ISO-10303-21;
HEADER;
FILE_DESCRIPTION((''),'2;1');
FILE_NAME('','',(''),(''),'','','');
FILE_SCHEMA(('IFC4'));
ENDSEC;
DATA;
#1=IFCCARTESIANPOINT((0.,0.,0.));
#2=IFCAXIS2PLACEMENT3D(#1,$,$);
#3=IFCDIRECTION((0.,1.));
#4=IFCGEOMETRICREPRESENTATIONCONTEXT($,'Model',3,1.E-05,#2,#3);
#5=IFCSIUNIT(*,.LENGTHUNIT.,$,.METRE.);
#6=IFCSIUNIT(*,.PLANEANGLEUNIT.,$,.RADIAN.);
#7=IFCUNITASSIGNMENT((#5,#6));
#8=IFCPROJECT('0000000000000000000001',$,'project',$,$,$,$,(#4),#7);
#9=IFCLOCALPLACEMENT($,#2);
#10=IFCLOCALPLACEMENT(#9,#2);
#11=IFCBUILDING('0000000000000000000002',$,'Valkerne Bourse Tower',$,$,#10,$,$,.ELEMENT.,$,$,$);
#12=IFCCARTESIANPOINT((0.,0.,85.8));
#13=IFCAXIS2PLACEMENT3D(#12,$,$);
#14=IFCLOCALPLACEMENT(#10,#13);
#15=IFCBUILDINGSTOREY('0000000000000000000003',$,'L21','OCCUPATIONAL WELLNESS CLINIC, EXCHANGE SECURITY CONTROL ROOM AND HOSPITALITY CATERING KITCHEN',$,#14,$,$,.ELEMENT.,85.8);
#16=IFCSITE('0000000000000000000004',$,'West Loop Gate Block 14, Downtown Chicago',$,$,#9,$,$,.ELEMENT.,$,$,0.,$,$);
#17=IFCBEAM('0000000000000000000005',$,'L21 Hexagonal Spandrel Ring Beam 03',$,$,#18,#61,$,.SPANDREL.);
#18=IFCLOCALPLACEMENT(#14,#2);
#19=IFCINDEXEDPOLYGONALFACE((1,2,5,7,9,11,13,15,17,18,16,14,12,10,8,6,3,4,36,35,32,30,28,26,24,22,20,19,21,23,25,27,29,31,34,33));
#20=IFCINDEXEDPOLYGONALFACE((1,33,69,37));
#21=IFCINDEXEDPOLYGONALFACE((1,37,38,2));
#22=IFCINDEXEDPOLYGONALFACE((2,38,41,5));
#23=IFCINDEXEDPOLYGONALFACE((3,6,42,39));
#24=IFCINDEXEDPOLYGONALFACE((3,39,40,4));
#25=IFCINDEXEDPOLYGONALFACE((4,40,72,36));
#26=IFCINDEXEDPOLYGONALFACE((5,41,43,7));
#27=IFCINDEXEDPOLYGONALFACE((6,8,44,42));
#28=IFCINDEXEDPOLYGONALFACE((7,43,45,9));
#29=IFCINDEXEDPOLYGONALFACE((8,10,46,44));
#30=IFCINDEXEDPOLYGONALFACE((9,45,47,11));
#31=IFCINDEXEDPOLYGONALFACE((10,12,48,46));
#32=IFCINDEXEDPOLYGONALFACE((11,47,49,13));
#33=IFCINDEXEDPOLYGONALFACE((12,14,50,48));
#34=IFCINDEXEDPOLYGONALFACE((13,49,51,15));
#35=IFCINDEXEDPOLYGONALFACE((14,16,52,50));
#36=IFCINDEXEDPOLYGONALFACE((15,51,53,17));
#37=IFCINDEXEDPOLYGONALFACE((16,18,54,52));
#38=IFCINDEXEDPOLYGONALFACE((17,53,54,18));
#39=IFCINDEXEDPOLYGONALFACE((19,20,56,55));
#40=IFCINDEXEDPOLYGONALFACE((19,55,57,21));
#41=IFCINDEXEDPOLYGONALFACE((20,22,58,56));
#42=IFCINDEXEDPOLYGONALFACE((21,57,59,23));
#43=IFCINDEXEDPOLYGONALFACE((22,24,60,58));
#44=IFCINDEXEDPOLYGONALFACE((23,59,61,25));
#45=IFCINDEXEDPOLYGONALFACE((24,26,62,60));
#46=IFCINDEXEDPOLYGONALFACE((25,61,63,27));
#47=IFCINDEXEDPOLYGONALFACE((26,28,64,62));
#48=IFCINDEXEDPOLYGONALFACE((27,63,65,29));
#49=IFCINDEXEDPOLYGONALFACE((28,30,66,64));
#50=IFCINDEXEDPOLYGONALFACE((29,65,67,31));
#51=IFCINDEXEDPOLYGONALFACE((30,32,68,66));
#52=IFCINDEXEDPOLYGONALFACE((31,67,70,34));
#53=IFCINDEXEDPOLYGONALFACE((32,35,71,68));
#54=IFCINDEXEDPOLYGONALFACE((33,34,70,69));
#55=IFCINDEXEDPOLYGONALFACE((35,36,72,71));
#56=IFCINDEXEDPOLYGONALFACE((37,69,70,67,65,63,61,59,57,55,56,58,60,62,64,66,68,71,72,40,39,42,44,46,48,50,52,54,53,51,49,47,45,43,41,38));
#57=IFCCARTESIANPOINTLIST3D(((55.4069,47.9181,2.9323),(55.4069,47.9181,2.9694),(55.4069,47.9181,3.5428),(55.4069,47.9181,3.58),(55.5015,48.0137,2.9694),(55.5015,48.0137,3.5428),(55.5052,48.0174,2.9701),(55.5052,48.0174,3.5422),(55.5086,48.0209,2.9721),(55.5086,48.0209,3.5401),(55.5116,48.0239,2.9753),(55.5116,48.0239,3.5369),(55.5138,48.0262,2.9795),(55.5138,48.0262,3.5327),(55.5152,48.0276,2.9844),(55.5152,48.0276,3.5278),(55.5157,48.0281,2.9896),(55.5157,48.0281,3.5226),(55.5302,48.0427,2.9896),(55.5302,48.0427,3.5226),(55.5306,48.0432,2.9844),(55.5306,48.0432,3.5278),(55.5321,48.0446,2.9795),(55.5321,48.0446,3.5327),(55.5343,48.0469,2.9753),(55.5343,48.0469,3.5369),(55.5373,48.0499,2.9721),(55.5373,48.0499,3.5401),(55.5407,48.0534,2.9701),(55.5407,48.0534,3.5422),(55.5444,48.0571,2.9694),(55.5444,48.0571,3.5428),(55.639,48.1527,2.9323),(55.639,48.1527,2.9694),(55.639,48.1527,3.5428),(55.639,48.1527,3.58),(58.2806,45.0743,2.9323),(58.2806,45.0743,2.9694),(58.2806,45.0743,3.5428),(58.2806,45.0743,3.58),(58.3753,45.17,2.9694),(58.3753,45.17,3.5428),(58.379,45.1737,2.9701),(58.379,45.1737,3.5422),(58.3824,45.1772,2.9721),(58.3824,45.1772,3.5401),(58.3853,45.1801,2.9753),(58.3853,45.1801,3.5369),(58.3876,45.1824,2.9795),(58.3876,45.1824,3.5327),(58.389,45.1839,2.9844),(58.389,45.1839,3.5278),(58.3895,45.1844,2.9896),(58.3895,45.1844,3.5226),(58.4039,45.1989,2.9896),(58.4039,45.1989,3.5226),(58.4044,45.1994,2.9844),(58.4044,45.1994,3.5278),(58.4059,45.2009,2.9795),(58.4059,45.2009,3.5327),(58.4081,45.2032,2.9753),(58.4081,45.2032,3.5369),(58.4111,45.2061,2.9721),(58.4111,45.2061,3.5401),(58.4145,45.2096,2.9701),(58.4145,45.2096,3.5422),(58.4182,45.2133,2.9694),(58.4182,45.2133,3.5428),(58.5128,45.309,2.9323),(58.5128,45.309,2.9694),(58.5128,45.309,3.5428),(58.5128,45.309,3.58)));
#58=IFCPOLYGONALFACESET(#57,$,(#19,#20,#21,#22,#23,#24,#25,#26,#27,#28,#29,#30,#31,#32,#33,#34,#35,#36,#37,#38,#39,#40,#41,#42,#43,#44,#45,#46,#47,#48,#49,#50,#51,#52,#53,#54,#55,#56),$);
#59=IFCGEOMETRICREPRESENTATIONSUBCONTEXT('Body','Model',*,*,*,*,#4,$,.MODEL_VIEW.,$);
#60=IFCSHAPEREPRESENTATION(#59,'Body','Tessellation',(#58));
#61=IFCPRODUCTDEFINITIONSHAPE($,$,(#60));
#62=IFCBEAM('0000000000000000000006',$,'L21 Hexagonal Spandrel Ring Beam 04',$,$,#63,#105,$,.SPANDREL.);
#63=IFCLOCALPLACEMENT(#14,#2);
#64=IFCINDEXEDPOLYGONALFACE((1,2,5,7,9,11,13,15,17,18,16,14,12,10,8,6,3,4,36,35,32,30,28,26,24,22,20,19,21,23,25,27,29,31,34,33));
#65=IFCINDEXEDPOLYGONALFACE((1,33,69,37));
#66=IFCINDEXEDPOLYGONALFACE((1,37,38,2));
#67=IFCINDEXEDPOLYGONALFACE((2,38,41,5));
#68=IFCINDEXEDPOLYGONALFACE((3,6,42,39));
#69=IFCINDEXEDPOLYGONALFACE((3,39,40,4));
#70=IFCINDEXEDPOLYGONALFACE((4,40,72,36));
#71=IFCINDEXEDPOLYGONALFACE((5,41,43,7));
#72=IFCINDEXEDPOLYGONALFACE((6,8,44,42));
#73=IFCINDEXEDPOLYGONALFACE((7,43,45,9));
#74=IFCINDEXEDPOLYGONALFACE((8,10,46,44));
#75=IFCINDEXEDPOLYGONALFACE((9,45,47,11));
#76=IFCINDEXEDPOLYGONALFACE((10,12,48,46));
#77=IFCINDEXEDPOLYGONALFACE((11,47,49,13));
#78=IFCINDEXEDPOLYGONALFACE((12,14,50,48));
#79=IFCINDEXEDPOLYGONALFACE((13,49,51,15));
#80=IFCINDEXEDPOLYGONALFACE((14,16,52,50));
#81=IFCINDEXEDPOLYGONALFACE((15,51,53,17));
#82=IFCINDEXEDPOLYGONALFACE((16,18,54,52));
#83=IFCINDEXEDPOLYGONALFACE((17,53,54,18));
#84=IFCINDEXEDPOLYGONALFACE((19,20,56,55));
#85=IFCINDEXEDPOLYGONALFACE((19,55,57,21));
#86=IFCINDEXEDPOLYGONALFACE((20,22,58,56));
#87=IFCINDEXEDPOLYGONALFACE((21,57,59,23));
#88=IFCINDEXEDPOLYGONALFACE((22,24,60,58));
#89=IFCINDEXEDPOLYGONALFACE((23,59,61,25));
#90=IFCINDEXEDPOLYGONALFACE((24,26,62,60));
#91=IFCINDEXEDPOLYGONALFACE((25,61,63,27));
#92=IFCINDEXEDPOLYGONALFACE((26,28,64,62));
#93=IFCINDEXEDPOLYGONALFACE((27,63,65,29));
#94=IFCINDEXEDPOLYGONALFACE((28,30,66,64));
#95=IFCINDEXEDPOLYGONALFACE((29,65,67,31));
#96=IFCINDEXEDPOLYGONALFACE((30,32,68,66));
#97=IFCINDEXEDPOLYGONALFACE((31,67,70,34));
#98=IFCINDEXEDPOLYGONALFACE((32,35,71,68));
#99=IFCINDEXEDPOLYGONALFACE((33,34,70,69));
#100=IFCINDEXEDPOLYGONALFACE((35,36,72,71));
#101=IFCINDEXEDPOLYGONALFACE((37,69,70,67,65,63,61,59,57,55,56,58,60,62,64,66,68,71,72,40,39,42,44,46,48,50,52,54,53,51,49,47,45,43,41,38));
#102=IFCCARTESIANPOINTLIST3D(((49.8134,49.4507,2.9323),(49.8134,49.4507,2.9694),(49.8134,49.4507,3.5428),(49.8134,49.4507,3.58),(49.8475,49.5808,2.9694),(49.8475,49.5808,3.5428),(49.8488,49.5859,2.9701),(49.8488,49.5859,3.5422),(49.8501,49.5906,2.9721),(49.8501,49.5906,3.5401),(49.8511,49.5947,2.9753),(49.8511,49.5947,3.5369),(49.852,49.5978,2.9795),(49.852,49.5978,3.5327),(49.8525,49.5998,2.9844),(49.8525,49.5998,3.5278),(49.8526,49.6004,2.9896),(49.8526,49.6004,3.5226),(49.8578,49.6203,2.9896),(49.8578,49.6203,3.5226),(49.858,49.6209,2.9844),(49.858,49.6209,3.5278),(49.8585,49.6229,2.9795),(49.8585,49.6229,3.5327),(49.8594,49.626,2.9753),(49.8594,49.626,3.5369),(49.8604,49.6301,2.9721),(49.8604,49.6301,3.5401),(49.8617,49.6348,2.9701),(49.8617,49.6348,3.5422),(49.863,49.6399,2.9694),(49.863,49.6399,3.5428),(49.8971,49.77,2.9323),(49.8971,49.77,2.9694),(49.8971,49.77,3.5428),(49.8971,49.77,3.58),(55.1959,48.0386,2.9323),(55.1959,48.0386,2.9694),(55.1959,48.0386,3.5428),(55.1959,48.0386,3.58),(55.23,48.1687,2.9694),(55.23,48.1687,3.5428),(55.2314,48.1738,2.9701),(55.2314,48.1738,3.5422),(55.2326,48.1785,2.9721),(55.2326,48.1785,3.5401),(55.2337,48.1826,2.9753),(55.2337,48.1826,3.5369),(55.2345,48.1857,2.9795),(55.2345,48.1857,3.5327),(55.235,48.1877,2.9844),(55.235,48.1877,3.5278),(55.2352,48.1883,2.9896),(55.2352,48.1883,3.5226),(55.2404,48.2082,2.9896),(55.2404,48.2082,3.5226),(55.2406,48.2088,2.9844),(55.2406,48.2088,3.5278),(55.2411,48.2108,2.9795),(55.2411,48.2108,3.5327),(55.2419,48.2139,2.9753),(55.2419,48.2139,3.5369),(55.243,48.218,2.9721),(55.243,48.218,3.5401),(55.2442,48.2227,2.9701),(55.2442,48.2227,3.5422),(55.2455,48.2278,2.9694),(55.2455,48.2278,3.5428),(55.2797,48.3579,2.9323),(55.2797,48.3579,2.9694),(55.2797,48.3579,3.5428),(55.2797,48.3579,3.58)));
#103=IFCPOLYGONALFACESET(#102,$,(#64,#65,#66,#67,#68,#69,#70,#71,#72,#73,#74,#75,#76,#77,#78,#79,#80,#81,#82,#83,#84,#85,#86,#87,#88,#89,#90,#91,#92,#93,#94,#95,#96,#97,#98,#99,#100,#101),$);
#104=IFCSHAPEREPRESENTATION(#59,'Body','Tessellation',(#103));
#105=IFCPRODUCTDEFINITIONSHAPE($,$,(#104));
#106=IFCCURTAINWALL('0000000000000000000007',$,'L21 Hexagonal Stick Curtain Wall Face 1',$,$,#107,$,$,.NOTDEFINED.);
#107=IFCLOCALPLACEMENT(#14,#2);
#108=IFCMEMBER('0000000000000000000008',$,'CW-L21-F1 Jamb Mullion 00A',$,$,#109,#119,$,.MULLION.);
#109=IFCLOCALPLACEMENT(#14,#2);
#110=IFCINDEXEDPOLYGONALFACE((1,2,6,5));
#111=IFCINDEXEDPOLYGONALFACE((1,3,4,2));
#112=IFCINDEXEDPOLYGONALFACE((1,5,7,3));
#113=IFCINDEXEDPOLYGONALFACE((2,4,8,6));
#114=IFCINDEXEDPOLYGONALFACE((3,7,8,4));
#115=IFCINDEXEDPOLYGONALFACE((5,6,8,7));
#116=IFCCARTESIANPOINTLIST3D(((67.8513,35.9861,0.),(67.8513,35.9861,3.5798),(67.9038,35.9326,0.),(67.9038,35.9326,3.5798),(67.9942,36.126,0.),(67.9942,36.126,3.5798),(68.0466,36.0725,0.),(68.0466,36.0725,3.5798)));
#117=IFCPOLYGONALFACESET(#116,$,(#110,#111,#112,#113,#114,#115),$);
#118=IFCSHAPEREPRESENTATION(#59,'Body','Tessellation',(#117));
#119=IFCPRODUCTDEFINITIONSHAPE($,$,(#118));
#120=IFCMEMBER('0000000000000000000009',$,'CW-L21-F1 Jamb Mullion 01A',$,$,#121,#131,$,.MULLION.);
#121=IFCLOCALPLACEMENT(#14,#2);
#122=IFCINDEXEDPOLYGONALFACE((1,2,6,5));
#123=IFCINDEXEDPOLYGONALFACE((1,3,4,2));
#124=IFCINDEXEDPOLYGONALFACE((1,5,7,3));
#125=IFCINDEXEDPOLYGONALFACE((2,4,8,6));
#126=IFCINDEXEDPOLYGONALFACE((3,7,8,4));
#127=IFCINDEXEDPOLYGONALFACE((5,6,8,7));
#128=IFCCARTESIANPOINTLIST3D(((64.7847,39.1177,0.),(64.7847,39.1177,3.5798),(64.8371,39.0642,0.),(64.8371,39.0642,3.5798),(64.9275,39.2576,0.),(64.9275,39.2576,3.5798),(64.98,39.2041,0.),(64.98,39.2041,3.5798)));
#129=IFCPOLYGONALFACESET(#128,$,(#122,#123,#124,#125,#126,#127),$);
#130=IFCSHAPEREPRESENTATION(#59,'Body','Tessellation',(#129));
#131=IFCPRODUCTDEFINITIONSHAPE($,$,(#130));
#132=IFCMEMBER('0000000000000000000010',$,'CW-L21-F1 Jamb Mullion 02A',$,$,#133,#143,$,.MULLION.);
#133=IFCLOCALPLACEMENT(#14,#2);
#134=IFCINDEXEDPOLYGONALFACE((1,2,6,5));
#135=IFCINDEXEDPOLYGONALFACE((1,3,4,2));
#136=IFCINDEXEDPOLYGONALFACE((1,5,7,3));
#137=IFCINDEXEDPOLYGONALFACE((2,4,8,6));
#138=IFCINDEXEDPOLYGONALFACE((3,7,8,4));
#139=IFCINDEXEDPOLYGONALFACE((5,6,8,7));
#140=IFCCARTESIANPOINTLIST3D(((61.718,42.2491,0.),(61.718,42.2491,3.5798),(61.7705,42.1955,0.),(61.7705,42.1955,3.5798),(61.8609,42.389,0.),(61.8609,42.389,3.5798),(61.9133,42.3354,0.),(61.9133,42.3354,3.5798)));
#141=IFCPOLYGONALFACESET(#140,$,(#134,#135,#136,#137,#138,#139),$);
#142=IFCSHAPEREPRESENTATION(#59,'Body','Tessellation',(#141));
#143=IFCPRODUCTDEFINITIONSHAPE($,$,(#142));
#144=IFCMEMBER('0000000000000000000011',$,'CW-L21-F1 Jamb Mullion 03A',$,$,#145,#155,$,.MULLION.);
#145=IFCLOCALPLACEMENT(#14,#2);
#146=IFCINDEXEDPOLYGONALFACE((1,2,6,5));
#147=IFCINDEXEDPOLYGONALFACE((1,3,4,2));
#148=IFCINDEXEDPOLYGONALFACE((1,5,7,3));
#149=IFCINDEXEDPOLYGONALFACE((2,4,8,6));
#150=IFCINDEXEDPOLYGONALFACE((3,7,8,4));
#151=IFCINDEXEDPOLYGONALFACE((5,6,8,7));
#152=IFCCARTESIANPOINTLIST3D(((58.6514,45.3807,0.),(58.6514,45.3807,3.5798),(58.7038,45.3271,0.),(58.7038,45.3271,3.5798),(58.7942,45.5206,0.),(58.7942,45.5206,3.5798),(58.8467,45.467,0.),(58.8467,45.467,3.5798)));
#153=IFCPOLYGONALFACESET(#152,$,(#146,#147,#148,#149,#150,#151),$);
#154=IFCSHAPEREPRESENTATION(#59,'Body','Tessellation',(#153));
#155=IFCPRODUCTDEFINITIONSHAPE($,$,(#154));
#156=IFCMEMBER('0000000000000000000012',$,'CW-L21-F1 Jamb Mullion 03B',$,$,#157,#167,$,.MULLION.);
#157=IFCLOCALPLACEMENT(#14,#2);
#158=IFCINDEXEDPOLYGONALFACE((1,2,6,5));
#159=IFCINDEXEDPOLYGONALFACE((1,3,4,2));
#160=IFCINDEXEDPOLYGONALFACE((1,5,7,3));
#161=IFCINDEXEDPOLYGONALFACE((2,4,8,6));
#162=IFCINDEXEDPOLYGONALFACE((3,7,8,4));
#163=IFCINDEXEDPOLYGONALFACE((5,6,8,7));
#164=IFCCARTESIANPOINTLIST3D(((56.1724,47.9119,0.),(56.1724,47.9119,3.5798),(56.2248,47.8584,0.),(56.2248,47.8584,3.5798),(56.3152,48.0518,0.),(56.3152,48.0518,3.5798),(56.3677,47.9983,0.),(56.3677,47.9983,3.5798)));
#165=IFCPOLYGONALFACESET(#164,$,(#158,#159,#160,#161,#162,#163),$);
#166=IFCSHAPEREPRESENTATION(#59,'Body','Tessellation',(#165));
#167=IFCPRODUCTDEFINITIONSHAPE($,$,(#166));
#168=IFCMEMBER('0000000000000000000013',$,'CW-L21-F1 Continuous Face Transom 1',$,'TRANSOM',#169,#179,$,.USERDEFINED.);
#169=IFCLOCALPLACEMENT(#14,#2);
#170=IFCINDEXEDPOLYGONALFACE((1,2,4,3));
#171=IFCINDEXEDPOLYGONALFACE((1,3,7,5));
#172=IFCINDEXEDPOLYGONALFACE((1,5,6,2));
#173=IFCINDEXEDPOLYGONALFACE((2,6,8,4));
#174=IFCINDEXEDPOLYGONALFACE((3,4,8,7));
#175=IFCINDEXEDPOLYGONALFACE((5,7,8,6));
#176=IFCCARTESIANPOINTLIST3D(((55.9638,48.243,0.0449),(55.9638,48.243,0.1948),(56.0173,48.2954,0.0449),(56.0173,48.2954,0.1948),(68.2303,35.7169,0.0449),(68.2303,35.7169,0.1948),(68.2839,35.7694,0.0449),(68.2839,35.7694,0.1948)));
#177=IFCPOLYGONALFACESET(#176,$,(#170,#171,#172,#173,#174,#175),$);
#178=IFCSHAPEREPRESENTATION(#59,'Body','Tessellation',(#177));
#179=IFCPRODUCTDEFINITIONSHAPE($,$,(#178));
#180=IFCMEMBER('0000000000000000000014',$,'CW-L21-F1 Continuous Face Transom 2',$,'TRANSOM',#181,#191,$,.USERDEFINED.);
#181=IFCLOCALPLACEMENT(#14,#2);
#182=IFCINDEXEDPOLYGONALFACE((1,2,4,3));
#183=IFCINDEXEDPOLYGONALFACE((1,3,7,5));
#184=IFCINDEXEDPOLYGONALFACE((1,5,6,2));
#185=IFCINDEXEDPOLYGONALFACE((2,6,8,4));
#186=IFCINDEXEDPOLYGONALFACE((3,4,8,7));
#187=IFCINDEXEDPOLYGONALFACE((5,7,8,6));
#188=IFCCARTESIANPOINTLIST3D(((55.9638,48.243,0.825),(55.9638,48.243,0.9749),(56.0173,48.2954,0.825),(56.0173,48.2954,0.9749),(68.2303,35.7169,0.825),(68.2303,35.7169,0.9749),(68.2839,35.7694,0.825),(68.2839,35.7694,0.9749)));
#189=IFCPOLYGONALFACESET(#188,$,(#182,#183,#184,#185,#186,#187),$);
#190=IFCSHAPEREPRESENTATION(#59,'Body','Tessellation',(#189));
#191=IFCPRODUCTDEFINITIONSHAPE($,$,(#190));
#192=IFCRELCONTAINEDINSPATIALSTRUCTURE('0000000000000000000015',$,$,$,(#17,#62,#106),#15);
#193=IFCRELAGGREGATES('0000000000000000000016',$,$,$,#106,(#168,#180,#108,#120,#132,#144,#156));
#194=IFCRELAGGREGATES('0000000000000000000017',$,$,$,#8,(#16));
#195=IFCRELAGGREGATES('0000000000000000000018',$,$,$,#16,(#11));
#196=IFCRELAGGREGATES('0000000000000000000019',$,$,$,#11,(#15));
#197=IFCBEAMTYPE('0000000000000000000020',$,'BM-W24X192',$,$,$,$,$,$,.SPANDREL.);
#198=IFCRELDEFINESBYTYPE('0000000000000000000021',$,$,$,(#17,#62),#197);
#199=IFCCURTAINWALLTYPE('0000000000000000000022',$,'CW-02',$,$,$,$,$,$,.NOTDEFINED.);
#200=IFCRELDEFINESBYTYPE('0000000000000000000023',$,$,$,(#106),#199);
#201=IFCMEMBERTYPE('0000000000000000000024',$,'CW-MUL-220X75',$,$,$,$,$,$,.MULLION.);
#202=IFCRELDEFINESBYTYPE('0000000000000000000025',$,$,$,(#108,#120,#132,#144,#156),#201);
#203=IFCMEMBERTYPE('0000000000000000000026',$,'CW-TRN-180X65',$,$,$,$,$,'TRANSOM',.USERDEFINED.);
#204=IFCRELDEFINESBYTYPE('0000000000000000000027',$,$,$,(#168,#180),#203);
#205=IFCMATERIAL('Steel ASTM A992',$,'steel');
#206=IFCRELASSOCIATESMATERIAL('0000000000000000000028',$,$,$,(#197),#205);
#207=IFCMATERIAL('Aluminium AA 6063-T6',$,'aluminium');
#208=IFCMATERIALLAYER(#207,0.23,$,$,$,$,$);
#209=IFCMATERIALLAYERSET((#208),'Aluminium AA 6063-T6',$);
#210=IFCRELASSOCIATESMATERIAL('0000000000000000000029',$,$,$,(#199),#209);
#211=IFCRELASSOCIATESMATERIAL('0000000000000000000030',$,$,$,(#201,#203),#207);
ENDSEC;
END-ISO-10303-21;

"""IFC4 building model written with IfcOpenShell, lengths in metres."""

from ifc_helpers import new_model, si_unit, direction, frame, origin, origin_2d, place, context, subcontext, project, spatial, rectangle, i_section, extrude, material, layer, layer_set, material_profile, profile_set, type_object, element, aggregate, save


model = new_model("IFC4")

# Units and contexts
model_context = context("Model", 3, precision=1e-05, world=origin(), true_north=direction((0.0, 1.0)))
body_context = subcontext(model_context, "Body", "Model", "MODEL_VIEW")
ifc_project = project(units=[si_unit("LENGTHUNIT", "METRE"), si_unit("PLANEANGLEUNIT", "RADIAN")], contexts=[model_context])

# Site, building, storey
site_placement = place(None, origin())
site = spatial("IfcSite", under=ifc_project, at=site_placement, Name="West Loop Gate Block 14, Downtown Chicago", CompositionType="ELEMENT", RefElevation=0.0)
building_placement = place(site_placement, origin())
building = spatial("IfcBuilding", under=site, at=building_placement, Name="Valkerne Bourse Tower", CompositionType="ELEMENT")
storey_placement = place(building_placement, frame((0.0, 0.0, 85.8)))
storey = spatial("IfcBuildingStorey", under=building, at=storey_placement, Name="L21", Description="OCCUPATIONAL WELLNESS CLINIC, EXCHANGE SECURITY CONTROL ROOM AND HOSPITALITY CATERING KITCHEN", CompositionType="ELEMENT", Elevation=85.8)

# Beams
ifc_material_1 = material(Name="Steel ASTM A992", Category="steel")
ifc_material_profile_1 = material_profile(ifc_material_1, i_section(OverallWidth=0.3301, OverallDepth=0.6477, WebThickness=0.0205, FlangeThickness=0.0371, FilletRadius=0.0203, at=origin_2d()), Name="W24X192")
ifc_profile_set_1 = profile_set([ifc_material_profile_1], Name="Steel ASTM A992")
beam_type = type_object("IfcBeamType", Name="BM-W24X192", PredefinedType="SPANDREL", material=ifc_profile_set_1)
for number, where, z_axis, x_axis, name in (
    (1, (58.3967, 45.1917, 3.2561), (-0.710811, 0.703383, 0.0), (-0.703383, -0.710811, 0.0), "L21 Hexagonal Spandrel Ring Beam 03"),
):
    element("IfcBeam", number, at=place(storey_placement, frame(where, z_axis=z_axis, x_axis=x_axis)), inside=storey, type_object=beam_type, Name=name, PredefinedType="SPANDREL", context=body_context, shape_type="SweptSolid", body=[
        extrude(i_section(OverallWidth=0.3301, OverallDepth=0.6477, WebThickness=0.0205, FlangeThickness=0.0371, FilletRadius=0.0203, at=origin_2d()), origin(), (0.0, 0.0, 1.0), 4.043),
    ])
beam_1_placement = place(storey_placement, frame((55.2378, 48.1982, 3.2561), z_axis=(-0.967267, 0.253761, 0.0), x_axis=(-0.253761, -0.967267, 0.0)))
element("IfcBeam", 2, at=beam_1_placement, inside=storey, type_object=beam_type, Name="L21 Hexagonal Spandrel Ring Beam 04", PredefinedType="SPANDREL", context=body_context, shape_type="SweptSolid", body=[
    extrude(i_section(OverallWidth=0.3301, OverallDepth=0.6477, WebThickness=0.0205, FlangeThickness=0.0371, FilletRadius=0.0203, at=origin_2d()), origin(), (0.0, 0.0, 1.0), 5.5647),
])

# Curtain wall, members
ifc_material_2 = material(Name="Aluminium AA 6063-T6", Category="aluminium")
ifc_layer_1 = layer(ifc_material_2, 0.23)
ifc_layer_set_1 = layer_set([ifc_layer_1], Name="Aluminium AA 6063-T6")
curtain_wall_type = type_object("IfcCurtainWallType", Name="CW-02", PredefinedType="NOTDEFINED", material=ifc_layer_set_1)
curtain_wall_placement = place(storey_placement, origin())
curtain_wall = element("IfcCurtainWall", 3, at=curtain_wall_placement, inside=storey, type_object=curtain_wall_type, Name="L21 Hexagonal Stick Curtain Wall Face 1", PredefinedType="NOTDEFINED")
ifc_material_profile_2 = material_profile(ifc_material_2, rectangle(XDim=0.075, YDim=0.2, at=origin_2d()), Name="CWM-75X200")
ifc_profile_set_2 = profile_set([ifc_material_profile_2], Name="Aluminium AA 6063-T6")
member_type_1 = type_object("IfcMemberType", Name="CW-MUL-220X75", PredefinedType="MULLION", material=ifc_profile_set_2)
member_1_placement = place(storey_placement, frame((67.949, 36.0293, 0.0), z_axis=(0.0, 0.0, 1.0), x_axis=(-0.699653, 0.714483, 0.0)))
member_1 = element("IfcMember", 4, at=member_1_placement, type_object=member_type_1, Name="CW-L21-F1 Jamb Mullion 00A", PredefinedType="MULLION", context=body_context, shape_type="SweptSolid", body=[
    extrude(rectangle(XDim=0.075, YDim=0.2, at=origin_2d()), origin(), (0.0, 0.0, 1.0), 3.5798),
])
member_2_placement = place(storey_placement, frame((64.8823, 39.1609, 0.0), z_axis=(0.0, 0.0, 1.0), x_axis=(-0.699664, 0.714472, 0.0)))
member_2 = element("IfcMember", 5, at=member_2_placement, type_object=member_type_1, Name="CW-L21-F1 Jamb Mullion 01A", PredefinedType="MULLION", context=body_context, shape_type="SweptSolid", body=[
    extrude(rectangle(XDim=0.075, YDim=0.2, at=origin_2d()), origin(), (0.0, 0.0, 1.0), 3.5798),
])
member_3_placement = place(storey_placement, frame((61.8157, 42.2922, 0.0), z_axis=(0.0, 0.0, 1.0), x_axis=(-0.699664, 0.714472, 0.0)))
member_3 = element("IfcMember", 6, at=member_3_placement, type_object=member_type_1, Name="CW-L21-F1 Jamb Mullion 02A", PredefinedType="MULLION", context=body_context, shape_type="SweptSolid", body=[
    extrude(rectangle(XDim=0.075, YDim=0.2, at=origin_2d()), origin(), (0.0, 0.0, 1.0), 3.5798),
])
member_4_placement = place(storey_placement, frame((58.749, 45.4238, 0.0), z_axis=(0.0, 0.0, 1.0), x_axis=(-0.699665, 0.714471, 0.0)))
member_4 = element("IfcMember", 7, at=member_4_placement, type_object=member_type_1, Name="CW-L21-F1 Jamb Mullion 03A", PredefinedType="MULLION", context=body_context, shape_type="SweptSolid", body=[
    extrude(rectangle(XDim=0.075, YDim=0.2, at=origin_2d()), origin(), (0.0, 0.0, 1.0), 3.5798),
])
member_5_placement = place(storey_placement, frame((56.27, 47.9551, 0.0), z_axis=(0.0, 0.0, 1.0), x_axis=(-0.699665, 0.714471, 0.0)))
member_5 = element("IfcMember", 8, at=member_5_placement, type_object=member_type_1, Name="CW-L21-F1 Jamb Mullion 03B", PredefinedType="MULLION", context=body_context, shape_type="SweptSolid", body=[
    extrude(rectangle(XDim=0.075, YDim=0.2, at=origin_2d()), origin(), (0.0, 0.0, 1.0), 3.5798),
])
ifc_material_profile_3 = material_profile(ifc_material_2, rectangle(XDim=0.075, YDim=0.1499, at=origin_2d()), Name="CWT-75X150")
ifc_profile_set_3 = profile_set([ifc_material_profile_3], Name="Aluminium AA 6063-T6")
member_type_2 = type_object("IfcMemberType", Name="CW-TRN-180X65", ElementType="TRANSOM", PredefinedType="USERDEFINED", material=ifc_profile_set_3)
member_6_placement = place(storey_placement, frame((68.2571, 35.7432, 0.1199), z_axis=(-0.699667, 0.714469, 0.0), x_axis=(-0.714469, -0.699667, 0.0)))
member_6 = element("IfcMember", 9, at=member_6_placement, type_object=member_type_2, Name="CW-L21-F1 Continuous Face Transom 1", ObjectType="TRANSOM", PredefinedType="USERDEFINED", context=body_context, shape_type="SweptSolid", body=[
    extrude(rectangle(XDim=0.075, YDim=0.1499, at=origin_2d()), origin(), (0.0, 0.0, 1.0), 17.532),
])
member_7_placement = place(storey_placement, frame((68.2571, 35.7432, 0.8999), z_axis=(-0.699667, 0.714469, 0.0), x_axis=(-0.714469, -0.699667, 0.0)))
member_7 = element("IfcMember", 10, at=member_7_placement, type_object=member_type_2, Name="CW-L21-F1 Continuous Face Transom 2", ObjectType="TRANSOM", PredefinedType="USERDEFINED", context=body_context, shape_type="SweptSolid", body=[
    extrude(rectangle(XDim=0.075, YDim=0.1499, at=origin_2d()), origin(), (0.0, 0.0, 1.0), 17.532),
])

aggregate(curtain_wall, [member_6, member_7, member_1, member_2, member_3, member_4, member_5])

save(model, "model.ifc")
